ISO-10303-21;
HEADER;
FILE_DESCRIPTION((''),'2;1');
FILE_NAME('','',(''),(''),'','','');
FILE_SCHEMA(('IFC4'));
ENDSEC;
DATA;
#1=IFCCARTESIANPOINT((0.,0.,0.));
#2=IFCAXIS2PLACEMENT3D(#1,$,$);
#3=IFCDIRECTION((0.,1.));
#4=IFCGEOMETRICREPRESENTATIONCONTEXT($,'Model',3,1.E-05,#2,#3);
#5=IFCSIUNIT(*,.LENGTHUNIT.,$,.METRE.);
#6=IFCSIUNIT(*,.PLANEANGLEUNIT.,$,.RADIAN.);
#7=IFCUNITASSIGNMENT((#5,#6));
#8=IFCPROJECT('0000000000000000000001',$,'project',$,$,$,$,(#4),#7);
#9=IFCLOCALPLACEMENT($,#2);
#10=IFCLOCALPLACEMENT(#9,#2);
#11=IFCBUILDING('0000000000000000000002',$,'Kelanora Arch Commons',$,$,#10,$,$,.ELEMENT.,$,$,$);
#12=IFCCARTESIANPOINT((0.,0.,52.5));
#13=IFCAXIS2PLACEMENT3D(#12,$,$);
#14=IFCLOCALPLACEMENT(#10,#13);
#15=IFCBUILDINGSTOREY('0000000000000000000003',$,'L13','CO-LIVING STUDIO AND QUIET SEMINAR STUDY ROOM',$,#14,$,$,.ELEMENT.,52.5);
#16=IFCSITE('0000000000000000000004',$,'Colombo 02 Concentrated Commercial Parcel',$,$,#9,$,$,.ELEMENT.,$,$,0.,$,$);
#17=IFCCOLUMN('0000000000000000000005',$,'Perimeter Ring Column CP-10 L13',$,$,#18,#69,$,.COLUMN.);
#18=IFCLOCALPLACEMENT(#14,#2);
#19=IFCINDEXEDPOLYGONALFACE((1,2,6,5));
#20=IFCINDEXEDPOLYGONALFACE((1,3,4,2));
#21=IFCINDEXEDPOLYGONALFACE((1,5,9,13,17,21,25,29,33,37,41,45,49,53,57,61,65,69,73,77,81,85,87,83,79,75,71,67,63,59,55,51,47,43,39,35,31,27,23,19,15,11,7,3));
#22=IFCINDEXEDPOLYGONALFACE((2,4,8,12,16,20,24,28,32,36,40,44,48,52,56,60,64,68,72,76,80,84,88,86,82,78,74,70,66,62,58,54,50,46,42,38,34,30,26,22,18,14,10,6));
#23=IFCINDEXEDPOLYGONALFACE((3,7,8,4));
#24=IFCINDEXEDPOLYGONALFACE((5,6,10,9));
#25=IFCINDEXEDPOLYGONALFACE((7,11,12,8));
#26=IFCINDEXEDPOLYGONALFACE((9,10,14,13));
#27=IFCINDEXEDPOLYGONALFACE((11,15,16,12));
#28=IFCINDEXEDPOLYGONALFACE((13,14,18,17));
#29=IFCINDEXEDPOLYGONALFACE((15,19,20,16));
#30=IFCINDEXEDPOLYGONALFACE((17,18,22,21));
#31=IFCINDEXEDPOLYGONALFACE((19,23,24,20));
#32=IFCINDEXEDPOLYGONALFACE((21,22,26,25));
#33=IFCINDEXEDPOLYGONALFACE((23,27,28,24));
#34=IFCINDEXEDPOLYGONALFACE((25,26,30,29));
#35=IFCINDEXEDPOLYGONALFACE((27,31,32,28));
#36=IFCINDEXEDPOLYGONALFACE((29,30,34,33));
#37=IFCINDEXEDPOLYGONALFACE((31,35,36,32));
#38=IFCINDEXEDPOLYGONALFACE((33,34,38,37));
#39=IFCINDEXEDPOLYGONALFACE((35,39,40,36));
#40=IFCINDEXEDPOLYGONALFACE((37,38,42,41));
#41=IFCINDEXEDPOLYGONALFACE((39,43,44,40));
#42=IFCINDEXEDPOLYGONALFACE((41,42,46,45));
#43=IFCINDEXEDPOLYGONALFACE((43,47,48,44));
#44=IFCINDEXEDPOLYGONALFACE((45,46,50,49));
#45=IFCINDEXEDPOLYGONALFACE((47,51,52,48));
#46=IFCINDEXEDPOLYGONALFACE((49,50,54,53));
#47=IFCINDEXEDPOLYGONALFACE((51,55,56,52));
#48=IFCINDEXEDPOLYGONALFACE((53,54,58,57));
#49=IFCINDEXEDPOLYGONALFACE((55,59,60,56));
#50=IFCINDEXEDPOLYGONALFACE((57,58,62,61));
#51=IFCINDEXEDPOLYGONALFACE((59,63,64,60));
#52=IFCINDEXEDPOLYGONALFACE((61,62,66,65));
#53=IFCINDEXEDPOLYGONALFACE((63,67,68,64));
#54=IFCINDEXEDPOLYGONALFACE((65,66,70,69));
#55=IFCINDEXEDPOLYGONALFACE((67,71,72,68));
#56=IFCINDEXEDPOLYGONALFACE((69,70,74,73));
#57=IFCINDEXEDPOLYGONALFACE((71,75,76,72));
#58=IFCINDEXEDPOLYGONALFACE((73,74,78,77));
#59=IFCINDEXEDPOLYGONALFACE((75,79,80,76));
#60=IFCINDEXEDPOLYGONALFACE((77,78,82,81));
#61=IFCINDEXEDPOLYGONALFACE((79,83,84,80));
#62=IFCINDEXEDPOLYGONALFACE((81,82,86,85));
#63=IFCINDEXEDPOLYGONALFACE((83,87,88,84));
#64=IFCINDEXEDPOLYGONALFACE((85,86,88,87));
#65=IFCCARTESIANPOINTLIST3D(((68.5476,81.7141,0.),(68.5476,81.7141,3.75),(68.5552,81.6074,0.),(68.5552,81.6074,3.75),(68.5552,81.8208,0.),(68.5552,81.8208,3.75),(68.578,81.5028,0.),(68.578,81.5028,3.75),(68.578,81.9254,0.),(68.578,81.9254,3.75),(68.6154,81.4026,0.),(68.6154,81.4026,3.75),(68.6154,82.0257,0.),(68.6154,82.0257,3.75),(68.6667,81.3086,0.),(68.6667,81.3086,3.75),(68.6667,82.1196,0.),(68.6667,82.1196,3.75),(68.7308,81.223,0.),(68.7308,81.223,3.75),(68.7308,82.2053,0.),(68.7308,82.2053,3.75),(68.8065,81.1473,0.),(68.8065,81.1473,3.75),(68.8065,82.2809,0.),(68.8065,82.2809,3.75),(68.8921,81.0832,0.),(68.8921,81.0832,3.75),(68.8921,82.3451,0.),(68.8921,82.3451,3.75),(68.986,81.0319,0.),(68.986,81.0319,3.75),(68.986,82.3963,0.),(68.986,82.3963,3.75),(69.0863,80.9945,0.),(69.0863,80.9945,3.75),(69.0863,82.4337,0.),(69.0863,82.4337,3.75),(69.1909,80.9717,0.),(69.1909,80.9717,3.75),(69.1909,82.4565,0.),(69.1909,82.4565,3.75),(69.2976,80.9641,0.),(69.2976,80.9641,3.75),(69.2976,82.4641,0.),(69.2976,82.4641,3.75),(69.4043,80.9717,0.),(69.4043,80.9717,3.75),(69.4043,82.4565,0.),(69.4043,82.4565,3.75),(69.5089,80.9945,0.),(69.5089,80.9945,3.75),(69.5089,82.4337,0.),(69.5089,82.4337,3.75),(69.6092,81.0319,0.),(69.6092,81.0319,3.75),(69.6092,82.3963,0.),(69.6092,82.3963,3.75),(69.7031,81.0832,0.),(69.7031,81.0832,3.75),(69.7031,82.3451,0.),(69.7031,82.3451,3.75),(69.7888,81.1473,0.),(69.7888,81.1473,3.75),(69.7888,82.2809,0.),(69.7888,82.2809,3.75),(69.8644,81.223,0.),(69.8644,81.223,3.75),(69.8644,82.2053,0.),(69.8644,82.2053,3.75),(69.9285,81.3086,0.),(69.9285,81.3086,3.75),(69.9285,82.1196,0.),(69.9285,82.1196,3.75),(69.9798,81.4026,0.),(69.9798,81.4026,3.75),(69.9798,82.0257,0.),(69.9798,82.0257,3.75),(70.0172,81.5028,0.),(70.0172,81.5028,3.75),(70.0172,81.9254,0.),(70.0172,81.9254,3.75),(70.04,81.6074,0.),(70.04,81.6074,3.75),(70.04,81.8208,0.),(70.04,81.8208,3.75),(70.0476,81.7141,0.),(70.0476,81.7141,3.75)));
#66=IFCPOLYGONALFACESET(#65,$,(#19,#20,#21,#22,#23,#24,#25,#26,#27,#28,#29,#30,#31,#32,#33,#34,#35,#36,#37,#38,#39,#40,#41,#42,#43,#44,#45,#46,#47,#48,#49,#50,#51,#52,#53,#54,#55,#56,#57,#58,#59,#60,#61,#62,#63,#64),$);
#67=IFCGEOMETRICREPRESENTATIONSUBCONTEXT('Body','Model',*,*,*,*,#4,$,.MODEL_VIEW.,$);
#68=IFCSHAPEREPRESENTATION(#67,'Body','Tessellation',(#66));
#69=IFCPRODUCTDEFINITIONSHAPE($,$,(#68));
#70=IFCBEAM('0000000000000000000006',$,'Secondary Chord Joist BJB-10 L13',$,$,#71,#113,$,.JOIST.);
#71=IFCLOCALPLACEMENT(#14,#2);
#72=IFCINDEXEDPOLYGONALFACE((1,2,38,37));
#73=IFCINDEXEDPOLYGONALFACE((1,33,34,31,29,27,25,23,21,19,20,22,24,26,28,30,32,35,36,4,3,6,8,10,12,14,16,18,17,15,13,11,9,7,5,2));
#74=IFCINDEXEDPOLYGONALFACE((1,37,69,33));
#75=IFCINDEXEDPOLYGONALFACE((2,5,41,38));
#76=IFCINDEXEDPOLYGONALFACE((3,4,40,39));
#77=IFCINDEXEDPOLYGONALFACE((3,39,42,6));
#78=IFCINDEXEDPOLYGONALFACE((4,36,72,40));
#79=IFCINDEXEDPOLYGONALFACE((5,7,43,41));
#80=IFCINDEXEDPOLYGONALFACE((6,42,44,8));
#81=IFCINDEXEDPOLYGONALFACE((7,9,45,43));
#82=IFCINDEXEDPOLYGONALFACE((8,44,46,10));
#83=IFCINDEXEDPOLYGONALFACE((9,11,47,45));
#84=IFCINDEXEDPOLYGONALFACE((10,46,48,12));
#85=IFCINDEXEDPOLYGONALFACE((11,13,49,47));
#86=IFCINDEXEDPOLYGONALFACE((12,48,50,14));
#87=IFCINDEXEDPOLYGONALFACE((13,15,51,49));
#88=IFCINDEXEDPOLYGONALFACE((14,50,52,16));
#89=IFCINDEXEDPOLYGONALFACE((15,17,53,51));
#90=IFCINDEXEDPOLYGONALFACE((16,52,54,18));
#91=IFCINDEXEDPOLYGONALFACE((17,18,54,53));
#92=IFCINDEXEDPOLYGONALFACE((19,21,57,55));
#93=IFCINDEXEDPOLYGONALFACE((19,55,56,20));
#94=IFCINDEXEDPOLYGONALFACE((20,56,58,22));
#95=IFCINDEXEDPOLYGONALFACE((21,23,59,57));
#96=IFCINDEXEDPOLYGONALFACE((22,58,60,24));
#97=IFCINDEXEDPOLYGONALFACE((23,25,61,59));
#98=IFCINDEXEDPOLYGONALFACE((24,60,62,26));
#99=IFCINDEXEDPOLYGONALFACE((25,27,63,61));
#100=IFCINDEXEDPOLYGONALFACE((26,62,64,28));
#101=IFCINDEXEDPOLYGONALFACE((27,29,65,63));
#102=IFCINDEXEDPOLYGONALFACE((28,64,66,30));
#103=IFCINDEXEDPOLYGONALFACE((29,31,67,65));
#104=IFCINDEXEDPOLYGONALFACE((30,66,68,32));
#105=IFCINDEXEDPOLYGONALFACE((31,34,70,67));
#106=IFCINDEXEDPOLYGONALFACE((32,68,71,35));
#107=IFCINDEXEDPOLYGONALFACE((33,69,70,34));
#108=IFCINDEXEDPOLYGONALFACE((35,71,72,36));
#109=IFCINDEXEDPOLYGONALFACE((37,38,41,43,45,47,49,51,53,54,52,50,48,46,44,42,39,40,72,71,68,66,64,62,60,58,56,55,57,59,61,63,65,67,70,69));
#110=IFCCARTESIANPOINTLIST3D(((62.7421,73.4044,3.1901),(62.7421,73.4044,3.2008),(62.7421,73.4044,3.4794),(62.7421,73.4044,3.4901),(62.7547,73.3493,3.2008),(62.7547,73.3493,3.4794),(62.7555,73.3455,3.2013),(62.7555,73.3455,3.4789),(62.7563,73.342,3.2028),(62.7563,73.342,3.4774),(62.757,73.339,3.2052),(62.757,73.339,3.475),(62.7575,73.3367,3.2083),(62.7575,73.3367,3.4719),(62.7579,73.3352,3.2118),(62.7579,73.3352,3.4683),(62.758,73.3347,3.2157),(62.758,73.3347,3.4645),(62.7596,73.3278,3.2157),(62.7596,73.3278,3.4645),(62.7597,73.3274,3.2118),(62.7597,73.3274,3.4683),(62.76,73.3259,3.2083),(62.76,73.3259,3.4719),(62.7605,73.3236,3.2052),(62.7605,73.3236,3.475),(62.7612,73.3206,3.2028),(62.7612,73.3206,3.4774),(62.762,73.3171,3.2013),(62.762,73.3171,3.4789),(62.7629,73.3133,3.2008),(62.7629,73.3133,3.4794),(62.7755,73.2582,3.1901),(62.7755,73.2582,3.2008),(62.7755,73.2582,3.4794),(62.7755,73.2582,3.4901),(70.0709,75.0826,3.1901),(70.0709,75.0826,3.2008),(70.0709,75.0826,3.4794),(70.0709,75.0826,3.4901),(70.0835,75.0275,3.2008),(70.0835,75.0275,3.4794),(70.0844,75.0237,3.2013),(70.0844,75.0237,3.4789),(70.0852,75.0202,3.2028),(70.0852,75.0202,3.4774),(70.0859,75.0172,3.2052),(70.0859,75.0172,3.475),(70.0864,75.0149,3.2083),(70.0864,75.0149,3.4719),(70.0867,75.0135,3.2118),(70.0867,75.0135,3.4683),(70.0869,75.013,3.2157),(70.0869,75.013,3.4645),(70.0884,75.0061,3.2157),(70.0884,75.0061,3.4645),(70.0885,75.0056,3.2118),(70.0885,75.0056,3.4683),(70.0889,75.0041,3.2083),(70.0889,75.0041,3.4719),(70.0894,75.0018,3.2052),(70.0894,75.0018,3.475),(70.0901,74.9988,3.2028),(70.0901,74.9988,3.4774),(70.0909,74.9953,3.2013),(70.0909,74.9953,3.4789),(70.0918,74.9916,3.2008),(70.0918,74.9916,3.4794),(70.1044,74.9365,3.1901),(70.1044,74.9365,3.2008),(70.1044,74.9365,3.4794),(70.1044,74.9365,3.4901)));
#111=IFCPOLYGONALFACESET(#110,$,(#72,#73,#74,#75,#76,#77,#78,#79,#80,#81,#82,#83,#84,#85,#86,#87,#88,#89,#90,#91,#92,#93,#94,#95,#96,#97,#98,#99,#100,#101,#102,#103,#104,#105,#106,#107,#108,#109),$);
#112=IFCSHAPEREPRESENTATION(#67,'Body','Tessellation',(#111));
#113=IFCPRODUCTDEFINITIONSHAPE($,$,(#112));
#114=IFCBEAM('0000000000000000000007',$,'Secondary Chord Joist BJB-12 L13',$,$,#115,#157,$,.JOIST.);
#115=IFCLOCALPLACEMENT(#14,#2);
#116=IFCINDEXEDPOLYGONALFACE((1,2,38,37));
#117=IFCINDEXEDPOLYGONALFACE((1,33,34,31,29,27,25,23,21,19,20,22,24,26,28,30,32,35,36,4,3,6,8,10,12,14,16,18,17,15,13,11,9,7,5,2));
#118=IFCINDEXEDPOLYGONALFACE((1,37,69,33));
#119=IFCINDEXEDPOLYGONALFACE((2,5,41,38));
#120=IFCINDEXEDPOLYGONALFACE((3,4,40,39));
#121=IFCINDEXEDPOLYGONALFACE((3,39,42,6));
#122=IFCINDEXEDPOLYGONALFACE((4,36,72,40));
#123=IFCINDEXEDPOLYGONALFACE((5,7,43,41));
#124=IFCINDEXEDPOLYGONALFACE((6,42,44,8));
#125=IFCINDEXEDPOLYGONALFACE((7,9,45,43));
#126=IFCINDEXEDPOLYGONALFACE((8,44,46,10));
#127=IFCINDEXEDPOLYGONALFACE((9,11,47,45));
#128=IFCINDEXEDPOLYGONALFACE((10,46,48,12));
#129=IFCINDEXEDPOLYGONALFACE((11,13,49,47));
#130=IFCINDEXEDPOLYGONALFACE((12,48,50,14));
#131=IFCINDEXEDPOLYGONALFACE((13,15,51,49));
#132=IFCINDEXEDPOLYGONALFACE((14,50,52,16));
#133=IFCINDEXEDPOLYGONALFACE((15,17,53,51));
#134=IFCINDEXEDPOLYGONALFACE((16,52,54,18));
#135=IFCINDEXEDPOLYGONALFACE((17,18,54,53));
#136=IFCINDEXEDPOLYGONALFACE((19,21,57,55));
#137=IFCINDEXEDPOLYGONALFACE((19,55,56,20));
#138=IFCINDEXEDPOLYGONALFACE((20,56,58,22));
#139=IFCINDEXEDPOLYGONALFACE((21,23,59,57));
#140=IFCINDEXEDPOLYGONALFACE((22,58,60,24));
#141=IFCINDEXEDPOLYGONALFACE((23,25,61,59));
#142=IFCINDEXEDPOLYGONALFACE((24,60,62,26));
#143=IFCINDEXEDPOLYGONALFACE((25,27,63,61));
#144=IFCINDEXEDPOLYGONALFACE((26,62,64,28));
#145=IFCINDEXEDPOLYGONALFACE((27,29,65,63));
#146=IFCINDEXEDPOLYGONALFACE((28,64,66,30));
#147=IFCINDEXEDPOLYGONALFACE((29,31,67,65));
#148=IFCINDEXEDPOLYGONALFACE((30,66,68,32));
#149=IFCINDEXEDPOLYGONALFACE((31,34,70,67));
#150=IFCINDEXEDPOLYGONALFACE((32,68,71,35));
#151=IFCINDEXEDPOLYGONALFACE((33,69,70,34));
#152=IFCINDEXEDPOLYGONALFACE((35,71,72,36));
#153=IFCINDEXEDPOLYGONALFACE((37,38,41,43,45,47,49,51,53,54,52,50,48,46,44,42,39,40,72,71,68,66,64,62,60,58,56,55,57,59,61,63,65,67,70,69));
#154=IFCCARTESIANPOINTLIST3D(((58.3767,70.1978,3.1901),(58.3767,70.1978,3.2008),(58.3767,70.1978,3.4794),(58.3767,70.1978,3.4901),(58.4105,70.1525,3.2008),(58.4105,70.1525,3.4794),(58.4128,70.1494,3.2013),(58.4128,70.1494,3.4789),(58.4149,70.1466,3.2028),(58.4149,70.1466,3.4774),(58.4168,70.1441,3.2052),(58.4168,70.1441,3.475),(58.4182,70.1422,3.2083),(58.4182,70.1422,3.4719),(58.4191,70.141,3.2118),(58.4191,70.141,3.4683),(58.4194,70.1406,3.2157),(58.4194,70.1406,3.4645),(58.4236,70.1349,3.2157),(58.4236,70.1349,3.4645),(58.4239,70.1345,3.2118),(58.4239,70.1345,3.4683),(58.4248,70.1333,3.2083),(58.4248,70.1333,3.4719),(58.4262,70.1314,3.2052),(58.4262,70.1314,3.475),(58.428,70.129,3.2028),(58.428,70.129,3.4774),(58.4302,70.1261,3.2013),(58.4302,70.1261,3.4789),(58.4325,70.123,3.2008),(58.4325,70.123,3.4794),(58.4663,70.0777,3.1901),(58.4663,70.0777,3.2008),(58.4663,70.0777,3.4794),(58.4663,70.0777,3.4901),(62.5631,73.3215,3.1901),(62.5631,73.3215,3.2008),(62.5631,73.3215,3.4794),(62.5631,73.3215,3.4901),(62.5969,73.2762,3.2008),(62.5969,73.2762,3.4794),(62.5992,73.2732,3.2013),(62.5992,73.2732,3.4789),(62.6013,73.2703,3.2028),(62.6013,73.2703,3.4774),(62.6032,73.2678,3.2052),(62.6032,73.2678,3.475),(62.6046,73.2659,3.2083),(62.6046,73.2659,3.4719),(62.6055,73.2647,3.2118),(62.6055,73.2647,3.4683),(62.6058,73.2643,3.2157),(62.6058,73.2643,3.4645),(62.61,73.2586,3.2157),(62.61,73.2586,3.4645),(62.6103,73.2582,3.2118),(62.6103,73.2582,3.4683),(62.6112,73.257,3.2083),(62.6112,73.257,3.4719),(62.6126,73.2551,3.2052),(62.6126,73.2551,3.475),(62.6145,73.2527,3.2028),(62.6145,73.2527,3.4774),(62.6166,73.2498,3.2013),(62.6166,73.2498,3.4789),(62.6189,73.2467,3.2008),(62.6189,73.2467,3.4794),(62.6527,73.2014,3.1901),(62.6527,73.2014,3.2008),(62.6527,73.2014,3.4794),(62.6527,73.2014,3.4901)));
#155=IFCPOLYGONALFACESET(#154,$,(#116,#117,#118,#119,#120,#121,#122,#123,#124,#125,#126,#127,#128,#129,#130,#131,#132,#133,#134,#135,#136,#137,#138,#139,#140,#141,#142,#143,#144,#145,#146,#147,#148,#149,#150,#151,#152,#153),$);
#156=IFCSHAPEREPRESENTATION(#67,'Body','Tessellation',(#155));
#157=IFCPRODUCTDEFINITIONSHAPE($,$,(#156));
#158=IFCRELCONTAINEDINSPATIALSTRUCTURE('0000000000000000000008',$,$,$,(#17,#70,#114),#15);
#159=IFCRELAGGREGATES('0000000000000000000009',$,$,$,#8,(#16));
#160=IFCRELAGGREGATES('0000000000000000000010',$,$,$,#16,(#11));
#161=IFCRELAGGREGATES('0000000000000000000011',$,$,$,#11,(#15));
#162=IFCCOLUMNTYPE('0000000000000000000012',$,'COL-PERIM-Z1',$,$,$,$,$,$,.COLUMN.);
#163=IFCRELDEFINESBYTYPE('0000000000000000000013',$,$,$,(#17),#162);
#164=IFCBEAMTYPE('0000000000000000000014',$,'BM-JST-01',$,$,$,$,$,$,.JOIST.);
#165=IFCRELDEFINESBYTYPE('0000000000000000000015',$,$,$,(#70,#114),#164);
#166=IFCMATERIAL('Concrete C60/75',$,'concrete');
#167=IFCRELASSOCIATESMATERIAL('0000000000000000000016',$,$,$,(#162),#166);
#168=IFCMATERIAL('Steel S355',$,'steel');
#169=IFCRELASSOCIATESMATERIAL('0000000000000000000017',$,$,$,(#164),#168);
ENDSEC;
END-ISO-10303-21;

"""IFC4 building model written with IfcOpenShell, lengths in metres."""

from ifc_helpers import new_model, si_unit, direction, frame, origin, origin_2d, place, context, subcontext, project, spatial, circle, i_section, extrude, material, material_profile, profile_set, type_object, element, save


model = new_model("IFC4")

# Units and contexts
model_context = context("Model", 3, precision=1e-05, world=origin(), true_north=direction((0.0, 1.0)))
body_context = subcontext(model_context, "Body", "Model", "MODEL_VIEW")
ifc_project = project(units=[si_unit("LENGTHUNIT", "METRE"), si_unit("PLANEANGLEUNIT", "RADIAN")], contexts=[model_context])

# Site, building, storey
site_placement = place(None, origin())
site = spatial("IfcSite", under=ifc_project, at=site_placement, Name="Colombo 02 Concentrated Commercial Parcel", CompositionType="ELEMENT", RefElevation=0.0)
building_placement = place(site_placement, origin())
building = spatial("IfcBuilding", under=site, at=building_placement, Name="Kelanora Arch Commons", CompositionType="ELEMENT")
storey_placement = place(building_placement, frame((0.0, 0.0, 52.5)))
storey = spatial("IfcBuildingStorey", under=building, at=storey_placement, Name="L13", Description="CO-LIVING STUDIO AND QUIET SEMINAR STUDY ROOM", CompositionType="ELEMENT", Elevation=52.5)

# Column
ifc_material_1 = material(Name="Concrete C60/75", Category="concrete")
ifc_material_profile_1 = material_profile(ifc_material_1, circle(Radius=0.75, at=origin_2d()), Name="RCC1500")
ifc_profile_set_1 = profile_set([ifc_material_profile_1], Name="Concrete C60/75")
column_type = type_object("IfcColumnType", Name="COL-PERIM-Z1", PredefinedType="COLUMN", material=ifc_profile_set_1)
column_placement = place(storey_placement, frame((69.2976, 81.7141, 0.0), z_axis=(0.0, 0.0, 1.0), x_axis=(1.0, 0.0, 0.0)))
element("IfcColumn", 1, at=column_placement, inside=storey, type_object=column_type, Name="Perimeter Ring Column CP-10 L13", PredefinedType="COLUMN", context=body_context, shape_type="SweptSolid", body=[
    extrude(circle(Radius=0.75, at=origin_2d()), origin(), (0.0, 0.0, 1.0), 3.75),
])

# Beams
ifc_material_2 = material(Name="Steel S355", Category="steel")
ifc_material_profile_2 = material_profile(ifc_material_2, i_section(OverallWidth=0.1499, OverallDepth=0.3, WebThickness=0.0071, FlangeThickness=0.0107, FilletRadius=0.0149, at=origin_2d()), Name="IPE300")
ifc_profile_set_2 = profile_set([ifc_material_profile_2], Name="Steel S355")
beam_type_1 = type_object("IfcBeamType", Name="BM-JST-01", PredefinedType="JOIST", material=ifc_profile_set_2)
beam_1_placement = place(storey_placement, frame((70.0876, 75.0095, 3.3401), z_axis=(-0.97477, -0.223211, 0.0), x_axis=(0.223211, -0.97477, 0.0)))
element("IfcBeam", 2, at=beam_1_placement, inside=storey, type_object=beam_type_1, Name="Secondary Chord Joist BJB-10 L13", PredefinedType="JOIST", context=body_context, shape_type="SweptSolid", body=[
    extrude(i_section(OverallWidth=0.1499, OverallDepth=0.3, WebThickness=0.0071, FlangeThickness=0.0107, FilletRadius=0.0149, at=origin_2d()), origin(), (0.0, 0.0, 1.0), 7.5186),
])
beam_2_placement = place(storey_placement, frame((62.6079, 73.2615, 3.3401), z_axis=(-0.801478, -0.598024, 0.0), x_axis=(0.598024, -0.801478, 0.0)))
element("IfcBeam", 3, at=beam_2_placement, inside=storey, type_object=beam_type_1, Name="Secondary Chord Joist BJB-12 L13", PredefinedType="JOIST", context=body_context, shape_type="SweptSolid", body=[
    extrude(i_section(OverallWidth=0.1499, OverallDepth=0.3, WebThickness=0.0071, FlangeThickness=0.0107, FilletRadius=0.0149, at=origin_2d()), origin(), (0.0, 0.0, 1.0), 5.2234),
])

save(model, "model.ifc")
